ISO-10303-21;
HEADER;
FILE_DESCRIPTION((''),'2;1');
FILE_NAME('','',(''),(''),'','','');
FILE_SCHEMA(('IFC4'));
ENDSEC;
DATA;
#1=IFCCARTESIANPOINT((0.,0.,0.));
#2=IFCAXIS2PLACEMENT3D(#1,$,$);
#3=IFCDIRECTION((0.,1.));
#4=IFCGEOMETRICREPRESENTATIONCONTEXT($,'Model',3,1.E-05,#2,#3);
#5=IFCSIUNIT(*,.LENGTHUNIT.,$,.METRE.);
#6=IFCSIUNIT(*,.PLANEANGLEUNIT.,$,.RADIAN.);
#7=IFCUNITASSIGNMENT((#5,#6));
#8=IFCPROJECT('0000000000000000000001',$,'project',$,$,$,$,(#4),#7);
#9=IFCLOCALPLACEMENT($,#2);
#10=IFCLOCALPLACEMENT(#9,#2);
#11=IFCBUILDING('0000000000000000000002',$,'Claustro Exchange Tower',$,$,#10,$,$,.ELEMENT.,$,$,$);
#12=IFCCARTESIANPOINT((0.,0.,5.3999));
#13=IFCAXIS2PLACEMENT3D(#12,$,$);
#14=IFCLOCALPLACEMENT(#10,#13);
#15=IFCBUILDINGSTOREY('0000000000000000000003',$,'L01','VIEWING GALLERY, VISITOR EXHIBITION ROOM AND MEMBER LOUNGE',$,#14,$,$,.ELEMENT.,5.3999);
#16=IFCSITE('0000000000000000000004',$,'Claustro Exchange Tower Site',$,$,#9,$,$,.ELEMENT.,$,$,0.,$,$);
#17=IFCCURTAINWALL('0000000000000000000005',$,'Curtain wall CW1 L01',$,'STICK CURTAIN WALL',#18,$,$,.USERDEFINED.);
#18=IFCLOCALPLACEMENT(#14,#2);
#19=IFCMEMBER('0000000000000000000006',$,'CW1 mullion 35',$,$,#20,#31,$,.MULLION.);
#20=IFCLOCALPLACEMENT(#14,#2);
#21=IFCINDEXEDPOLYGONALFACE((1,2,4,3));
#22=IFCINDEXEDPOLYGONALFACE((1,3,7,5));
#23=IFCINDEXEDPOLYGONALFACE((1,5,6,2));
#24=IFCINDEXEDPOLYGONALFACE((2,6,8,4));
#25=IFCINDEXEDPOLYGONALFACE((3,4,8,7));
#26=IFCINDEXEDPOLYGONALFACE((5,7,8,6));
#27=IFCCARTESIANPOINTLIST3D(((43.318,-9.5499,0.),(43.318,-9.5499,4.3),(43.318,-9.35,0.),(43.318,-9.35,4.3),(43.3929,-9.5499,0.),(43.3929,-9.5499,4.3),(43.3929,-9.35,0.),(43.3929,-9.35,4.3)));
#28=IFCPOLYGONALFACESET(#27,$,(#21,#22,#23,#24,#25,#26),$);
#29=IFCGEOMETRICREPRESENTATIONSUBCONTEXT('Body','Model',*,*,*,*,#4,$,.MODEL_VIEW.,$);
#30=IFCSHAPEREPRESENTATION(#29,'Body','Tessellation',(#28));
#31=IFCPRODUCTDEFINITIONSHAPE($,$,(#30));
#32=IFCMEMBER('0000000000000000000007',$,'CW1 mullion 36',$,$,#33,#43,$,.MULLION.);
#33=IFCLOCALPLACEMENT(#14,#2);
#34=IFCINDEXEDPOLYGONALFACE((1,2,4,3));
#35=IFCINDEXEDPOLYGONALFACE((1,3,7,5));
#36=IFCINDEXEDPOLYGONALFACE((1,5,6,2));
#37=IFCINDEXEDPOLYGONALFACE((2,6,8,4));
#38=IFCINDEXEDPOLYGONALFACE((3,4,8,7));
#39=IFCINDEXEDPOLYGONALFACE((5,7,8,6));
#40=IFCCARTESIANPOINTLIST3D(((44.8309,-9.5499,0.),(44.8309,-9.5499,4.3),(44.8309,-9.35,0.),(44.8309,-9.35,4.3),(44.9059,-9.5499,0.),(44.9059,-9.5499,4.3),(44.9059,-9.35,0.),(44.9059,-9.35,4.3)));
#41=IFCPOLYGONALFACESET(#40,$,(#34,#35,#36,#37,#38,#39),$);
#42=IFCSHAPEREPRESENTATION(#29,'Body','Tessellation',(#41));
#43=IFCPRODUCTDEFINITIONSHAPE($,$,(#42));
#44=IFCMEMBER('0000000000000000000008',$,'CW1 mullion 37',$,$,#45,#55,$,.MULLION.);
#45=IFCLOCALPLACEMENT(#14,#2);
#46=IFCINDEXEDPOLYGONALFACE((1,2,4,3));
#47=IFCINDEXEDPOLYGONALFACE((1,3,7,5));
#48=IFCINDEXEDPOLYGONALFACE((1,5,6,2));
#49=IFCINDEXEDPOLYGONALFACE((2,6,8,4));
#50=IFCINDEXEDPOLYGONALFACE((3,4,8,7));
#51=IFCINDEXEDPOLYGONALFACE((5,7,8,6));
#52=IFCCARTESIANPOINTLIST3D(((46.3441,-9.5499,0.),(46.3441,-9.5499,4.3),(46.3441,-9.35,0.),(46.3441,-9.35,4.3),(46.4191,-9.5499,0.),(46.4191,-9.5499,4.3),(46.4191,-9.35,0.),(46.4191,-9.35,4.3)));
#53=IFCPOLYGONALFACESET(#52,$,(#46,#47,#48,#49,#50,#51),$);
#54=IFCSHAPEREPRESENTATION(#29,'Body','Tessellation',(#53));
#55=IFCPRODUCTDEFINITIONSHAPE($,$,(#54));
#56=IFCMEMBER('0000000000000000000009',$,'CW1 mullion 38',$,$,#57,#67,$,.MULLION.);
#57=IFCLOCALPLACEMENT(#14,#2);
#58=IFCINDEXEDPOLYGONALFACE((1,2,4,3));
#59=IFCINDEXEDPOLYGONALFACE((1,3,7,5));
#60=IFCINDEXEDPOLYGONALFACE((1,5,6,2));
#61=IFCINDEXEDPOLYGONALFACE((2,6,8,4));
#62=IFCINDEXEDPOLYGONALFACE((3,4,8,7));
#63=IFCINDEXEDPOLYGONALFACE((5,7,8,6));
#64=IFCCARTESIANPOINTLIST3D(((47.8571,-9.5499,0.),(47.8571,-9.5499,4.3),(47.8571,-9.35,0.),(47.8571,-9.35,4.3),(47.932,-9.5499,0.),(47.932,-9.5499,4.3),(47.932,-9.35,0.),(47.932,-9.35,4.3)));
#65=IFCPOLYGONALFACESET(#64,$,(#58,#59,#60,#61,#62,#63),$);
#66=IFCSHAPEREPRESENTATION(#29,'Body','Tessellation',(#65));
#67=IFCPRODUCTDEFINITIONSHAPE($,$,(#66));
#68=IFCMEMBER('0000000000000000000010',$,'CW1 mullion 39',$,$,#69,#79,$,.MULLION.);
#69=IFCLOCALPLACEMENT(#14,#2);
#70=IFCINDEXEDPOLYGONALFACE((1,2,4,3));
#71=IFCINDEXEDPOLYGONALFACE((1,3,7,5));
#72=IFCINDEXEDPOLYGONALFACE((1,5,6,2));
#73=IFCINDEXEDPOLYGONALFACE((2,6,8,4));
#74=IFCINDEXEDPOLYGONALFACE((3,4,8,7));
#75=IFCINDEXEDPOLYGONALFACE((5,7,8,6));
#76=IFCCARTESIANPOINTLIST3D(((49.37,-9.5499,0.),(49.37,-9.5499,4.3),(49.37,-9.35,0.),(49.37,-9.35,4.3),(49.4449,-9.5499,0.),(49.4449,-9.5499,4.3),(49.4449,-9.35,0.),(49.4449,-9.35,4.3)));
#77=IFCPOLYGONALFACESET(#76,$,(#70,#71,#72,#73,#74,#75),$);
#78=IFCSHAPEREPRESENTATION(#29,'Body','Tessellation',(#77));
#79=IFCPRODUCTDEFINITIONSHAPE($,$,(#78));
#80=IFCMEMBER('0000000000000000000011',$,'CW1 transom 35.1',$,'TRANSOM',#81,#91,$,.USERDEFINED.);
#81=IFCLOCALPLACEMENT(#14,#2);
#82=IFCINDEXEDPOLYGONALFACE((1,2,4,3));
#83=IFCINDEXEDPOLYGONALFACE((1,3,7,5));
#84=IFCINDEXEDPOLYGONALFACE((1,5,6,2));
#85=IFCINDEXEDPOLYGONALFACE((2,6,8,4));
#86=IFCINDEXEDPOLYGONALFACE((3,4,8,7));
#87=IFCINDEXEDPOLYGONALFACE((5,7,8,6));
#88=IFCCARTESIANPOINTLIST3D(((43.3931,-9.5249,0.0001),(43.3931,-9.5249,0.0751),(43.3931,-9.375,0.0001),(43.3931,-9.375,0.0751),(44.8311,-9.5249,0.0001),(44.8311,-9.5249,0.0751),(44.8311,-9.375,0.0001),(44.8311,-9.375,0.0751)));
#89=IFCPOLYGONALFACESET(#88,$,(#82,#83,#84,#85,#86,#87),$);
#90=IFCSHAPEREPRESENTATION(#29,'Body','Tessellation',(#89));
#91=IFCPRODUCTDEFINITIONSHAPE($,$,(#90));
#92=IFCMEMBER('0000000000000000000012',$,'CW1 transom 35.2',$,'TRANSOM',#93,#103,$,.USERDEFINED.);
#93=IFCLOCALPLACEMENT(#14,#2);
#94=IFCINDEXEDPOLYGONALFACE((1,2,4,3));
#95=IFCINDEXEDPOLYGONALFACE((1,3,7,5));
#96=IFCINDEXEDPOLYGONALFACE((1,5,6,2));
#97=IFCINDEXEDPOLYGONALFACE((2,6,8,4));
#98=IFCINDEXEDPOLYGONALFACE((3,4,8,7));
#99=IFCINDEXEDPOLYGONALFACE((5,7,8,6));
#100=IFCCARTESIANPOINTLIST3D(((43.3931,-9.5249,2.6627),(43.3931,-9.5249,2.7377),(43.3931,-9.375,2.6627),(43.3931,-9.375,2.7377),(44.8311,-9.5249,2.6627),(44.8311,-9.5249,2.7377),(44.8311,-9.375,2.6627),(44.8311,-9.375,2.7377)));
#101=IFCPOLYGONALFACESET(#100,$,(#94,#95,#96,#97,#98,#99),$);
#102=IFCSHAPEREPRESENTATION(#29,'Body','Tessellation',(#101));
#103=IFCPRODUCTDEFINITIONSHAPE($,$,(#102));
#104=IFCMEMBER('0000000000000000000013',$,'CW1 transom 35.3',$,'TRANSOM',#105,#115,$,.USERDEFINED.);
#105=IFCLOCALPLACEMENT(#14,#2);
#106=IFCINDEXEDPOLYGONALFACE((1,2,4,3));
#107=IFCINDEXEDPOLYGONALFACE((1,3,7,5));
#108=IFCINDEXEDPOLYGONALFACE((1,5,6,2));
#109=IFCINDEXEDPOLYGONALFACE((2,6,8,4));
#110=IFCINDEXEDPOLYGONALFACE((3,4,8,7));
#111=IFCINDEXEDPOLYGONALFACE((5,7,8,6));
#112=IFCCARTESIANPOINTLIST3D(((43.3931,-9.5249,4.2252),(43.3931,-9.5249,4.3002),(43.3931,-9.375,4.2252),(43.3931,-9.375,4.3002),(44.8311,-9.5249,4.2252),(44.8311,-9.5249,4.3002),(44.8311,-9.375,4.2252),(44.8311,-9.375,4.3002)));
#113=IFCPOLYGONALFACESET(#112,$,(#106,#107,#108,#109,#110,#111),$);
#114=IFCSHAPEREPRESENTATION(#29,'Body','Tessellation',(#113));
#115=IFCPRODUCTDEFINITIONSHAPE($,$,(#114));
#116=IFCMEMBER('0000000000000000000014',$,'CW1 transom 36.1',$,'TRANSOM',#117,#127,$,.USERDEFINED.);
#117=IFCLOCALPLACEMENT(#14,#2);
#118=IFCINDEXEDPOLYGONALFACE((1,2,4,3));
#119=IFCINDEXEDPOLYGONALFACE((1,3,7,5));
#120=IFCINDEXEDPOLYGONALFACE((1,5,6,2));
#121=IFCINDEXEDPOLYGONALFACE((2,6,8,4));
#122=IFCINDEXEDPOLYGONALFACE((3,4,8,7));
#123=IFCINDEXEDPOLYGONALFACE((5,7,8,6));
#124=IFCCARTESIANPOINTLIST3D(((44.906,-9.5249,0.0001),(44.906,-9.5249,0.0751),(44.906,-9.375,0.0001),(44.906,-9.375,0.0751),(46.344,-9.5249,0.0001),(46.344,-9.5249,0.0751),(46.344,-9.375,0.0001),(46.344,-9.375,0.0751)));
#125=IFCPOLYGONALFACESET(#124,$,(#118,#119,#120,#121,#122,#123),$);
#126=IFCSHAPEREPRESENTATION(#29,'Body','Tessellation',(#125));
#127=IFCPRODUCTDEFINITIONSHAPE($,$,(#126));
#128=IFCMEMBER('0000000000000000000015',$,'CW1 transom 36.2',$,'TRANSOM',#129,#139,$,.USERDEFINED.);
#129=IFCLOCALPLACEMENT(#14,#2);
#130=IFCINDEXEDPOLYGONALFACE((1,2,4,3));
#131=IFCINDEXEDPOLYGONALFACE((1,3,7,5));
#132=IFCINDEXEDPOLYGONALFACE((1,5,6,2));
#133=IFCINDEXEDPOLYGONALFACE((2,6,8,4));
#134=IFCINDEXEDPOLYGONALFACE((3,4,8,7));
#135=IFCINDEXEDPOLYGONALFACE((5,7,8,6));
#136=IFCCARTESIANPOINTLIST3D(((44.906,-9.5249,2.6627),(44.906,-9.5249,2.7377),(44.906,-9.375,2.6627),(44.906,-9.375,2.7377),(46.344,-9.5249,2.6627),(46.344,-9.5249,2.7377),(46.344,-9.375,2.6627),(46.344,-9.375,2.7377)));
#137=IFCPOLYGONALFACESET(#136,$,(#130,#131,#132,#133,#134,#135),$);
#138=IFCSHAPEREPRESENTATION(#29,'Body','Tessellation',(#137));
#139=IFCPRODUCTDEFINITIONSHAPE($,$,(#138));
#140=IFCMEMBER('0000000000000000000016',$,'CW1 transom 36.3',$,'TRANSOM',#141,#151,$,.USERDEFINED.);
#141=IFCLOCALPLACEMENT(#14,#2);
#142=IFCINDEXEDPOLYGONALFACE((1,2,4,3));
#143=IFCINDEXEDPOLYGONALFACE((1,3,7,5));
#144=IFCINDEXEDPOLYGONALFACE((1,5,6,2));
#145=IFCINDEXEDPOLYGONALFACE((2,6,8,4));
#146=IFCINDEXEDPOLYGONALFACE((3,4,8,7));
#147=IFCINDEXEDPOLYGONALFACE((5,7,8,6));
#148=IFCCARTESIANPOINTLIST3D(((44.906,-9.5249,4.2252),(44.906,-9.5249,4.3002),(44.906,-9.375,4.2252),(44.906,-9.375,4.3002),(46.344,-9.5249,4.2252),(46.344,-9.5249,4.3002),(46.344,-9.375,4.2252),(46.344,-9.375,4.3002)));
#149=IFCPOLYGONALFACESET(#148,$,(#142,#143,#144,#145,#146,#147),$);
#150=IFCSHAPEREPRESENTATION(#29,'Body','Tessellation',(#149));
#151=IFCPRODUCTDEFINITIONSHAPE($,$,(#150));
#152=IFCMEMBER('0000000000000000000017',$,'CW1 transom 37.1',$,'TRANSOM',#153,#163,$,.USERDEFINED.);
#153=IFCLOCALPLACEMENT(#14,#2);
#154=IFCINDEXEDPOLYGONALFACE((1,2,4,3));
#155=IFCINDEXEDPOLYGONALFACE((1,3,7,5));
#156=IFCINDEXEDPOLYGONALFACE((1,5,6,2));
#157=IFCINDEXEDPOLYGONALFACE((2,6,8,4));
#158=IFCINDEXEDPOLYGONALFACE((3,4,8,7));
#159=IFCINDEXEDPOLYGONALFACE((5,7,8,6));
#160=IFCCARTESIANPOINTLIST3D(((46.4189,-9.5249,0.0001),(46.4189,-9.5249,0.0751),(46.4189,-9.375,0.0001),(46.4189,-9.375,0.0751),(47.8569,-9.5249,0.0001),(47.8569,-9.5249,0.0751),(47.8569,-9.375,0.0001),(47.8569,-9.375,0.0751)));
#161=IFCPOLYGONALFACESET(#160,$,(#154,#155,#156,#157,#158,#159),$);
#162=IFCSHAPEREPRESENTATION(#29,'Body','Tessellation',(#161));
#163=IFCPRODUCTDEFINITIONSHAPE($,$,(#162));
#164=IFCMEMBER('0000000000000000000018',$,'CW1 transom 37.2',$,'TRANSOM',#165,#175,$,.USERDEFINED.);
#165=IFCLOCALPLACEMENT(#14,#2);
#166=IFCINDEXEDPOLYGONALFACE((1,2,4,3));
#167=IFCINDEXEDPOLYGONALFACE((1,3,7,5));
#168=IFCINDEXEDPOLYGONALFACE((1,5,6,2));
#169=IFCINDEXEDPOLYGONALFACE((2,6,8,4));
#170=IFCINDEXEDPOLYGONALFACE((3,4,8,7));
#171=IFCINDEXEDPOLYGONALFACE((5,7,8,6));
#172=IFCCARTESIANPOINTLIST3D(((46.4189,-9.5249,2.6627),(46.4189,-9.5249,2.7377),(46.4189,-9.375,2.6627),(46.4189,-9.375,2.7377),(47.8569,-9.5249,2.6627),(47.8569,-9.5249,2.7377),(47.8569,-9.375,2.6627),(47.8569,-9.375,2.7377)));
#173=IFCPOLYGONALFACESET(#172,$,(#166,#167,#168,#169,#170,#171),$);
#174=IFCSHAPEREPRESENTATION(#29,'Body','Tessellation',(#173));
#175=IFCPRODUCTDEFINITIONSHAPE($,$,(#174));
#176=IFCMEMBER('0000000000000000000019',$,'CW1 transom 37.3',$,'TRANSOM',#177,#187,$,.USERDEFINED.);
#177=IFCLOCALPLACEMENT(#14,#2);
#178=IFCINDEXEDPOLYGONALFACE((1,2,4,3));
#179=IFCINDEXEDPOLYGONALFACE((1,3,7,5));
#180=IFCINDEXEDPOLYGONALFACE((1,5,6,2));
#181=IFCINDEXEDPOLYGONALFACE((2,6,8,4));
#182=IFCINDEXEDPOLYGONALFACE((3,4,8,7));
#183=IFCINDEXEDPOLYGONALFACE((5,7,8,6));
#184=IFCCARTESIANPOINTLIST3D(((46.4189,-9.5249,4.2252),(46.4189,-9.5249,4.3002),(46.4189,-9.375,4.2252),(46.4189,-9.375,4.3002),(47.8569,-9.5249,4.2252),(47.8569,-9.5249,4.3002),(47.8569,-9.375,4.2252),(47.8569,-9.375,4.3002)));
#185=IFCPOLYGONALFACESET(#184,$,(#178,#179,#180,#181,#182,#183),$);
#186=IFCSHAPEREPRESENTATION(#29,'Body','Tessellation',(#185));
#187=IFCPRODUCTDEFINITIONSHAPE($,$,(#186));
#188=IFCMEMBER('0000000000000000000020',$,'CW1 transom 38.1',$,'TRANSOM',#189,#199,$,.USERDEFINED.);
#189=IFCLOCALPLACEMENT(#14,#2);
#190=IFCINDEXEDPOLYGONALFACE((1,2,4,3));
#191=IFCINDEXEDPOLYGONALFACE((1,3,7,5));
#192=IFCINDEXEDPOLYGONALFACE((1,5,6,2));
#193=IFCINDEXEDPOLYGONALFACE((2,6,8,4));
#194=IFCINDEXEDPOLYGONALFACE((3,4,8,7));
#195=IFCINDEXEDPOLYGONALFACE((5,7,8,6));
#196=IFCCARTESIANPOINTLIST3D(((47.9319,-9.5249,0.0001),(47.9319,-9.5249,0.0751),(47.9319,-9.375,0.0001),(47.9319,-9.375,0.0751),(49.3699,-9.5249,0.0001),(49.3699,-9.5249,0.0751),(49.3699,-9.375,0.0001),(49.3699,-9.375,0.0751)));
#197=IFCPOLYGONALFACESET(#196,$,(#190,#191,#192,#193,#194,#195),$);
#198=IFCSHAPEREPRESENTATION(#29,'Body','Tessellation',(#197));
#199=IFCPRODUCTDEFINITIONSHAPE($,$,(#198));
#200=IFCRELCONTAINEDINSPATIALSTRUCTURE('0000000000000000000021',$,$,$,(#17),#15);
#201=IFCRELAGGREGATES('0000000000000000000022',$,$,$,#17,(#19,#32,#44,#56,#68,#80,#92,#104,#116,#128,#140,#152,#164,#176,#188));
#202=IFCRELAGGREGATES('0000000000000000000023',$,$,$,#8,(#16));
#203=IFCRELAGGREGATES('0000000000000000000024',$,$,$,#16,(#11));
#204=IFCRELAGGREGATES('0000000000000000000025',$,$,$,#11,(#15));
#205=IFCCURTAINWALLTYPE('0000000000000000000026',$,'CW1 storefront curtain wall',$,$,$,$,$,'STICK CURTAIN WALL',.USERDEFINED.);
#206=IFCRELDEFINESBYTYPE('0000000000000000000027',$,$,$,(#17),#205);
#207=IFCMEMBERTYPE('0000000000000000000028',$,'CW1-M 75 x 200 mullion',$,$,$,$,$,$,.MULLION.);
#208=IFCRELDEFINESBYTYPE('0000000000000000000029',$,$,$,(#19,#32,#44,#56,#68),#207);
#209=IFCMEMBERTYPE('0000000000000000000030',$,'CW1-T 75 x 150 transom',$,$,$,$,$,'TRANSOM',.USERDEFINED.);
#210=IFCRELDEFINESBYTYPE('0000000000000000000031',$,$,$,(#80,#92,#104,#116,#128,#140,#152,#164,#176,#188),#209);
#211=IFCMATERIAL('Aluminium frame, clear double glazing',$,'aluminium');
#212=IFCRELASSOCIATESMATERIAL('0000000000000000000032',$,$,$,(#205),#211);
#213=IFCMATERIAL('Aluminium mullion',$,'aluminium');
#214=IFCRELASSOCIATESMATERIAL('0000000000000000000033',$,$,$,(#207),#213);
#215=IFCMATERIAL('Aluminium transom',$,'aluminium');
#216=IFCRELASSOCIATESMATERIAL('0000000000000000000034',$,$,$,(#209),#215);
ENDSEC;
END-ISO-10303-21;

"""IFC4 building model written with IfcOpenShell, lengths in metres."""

from ifc_helpers import new_model, si_unit, direction, frame, origin, origin_2d, place, context, subcontext, project, spatial, rectangle, extrude, material, material_profile, profile_set, type_object, element, aggregate, save


model = new_model("IFC4")

# Units and contexts
model_context = context("Model", 3, precision=1e-05, world=origin(), true_north=direction((0.0, 1.0)))
body_context = subcontext(model_context, "Body", "Model", "MODEL_VIEW")
ifc_project = project(units=[si_unit("LENGTHUNIT", "METRE"), si_unit("PLANEANGLEUNIT", "RADIAN")], contexts=[model_context])

# Site, building, storey
site_placement = place(None, origin())
site = spatial("IfcSite", under=ifc_project, at=site_placement, Name="Claustro Exchange Tower Site", CompositionType="ELEMENT", RefElevation=0.0)
building_placement = place(site_placement, origin())
building = spatial("IfcBuilding", under=site, at=building_placement, Name="Claustro Exchange Tower", CompositionType="ELEMENT")
storey_placement = place(building_placement, frame((0.0, 0.0, 5.3999)))
storey = spatial("IfcBuildingStorey", under=building, at=storey_placement, Name="L01", Description="VIEWING GALLERY, VISITOR EXHIBITION ROOM AND MEMBER LOUNGE", CompositionType="ELEMENT", Elevation=5.3999)

# Curtain wall, members
ifc_material_1 = material(Name="Aluminium frame, clear double glazing", Category="aluminium")
curtain_wall_type = type_object("IfcCurtainWallType", Name="CW1 storefront curtain wall", ElementType="STICK CURTAIN WALL", PredefinedType="USERDEFINED", material=ifc_material_1)
curtain_wall_placement = place(storey_placement, origin())
curtain_wall = element("IfcCurtainWall", 1, at=curtain_wall_placement, inside=storey, type_object=curtain_wall_type, Name="Curtain wall CW1 L01", ObjectType="STICK CURTAIN WALL", PredefinedType="USERDEFINED")
ifc_material_2 = material(Name="Aluminium mullion", Category="aluminium")
ifc_material_profile_1 = material_profile(ifc_material_2, rectangle(XDim=0.2, YDim=0.075, at=origin_2d()), Name="CW1-M 75x200")
ifc_profile_set_1 = profile_set([ifc_material_profile_1], Name="Aluminium mullion")
member_type_1 = type_object("IfcMemberType", Name="CW1-M 75 x 200 mullion", PredefinedType="MULLION", material=ifc_profile_set_1)
member_1_placement = place(storey_placement, frame((43.3555, -9.45, 0.0), z_axis=(0.0, 0.0, 1.0), x_axis=(0.0, 1.0, 0.0)))
member_1 = element("IfcMember", 2, at=member_1_placement, type_object=member_type_1, Name="CW1 mullion 35", PredefinedType="MULLION", context=body_context, shape_type="SweptSolid", body=[
    extrude(rectangle(XDim=0.2, YDim=0.075, at=origin_2d()), origin(), (0.0, 0.0, 1.0), 4.3),
])
member_2_placement = place(storey_placement, frame((44.8684, -9.45, 0.0), z_axis=(0.0, 0.0, 1.0), x_axis=(0.0, 1.0, 0.0)))
member_2 = element("IfcMember", 3, at=member_2_placement, type_object=member_type_1, Name="CW1 mullion 36", PredefinedType="MULLION", context=body_context, shape_type="SweptSolid", body=[
    extrude(rectangle(XDim=0.2, YDim=0.075, at=origin_2d()), origin(), (0.0, 0.0, 1.0), 4.3),
])
member_3_placement = place(storey_placement, frame((46.3816, -9.45, 0.0), z_axis=(0.0, 0.0, 1.0), x_axis=(0.0, 1.0, 0.0)))
member_3 = element("IfcMember", 4, at=member_3_placement, type_object=member_type_1, Name="CW1 mullion 37", PredefinedType="MULLION", context=body_context, shape_type="SweptSolid", body=[
    extrude(rectangle(XDim=0.2, YDim=0.075, at=origin_2d()), origin(), (0.0, 0.0, 1.0), 4.3),
])
member_4_placement = place(storey_placement, frame((47.8945, -9.45, 0.0), z_axis=(0.0, 0.0, 1.0), x_axis=(0.0, 1.0, 0.0)))
member_4 = element("IfcMember", 5, at=member_4_placement, type_object=member_type_1, Name="CW1 mullion 38", PredefinedType="MULLION", context=body_context, shape_type="SweptSolid", body=[
    extrude(rectangle(XDim=0.2, YDim=0.075, at=origin_2d()), origin(), (0.0, 0.0, 1.0), 4.3),
])
member_5_placement = place(storey_placement, frame((49.4075, -9.45, 0.0), z_axis=(0.0, 0.0, 1.0), x_axis=(0.0, 1.0, 0.0)))
member_5 = element("IfcMember", 6, at=member_5_placement, type_object=member_type_1, Name="CW1 mullion 39", PredefinedType="MULLION", context=body_context, shape_type="SweptSolid", body=[
    extrude(rectangle(XDim=0.2, YDim=0.075, at=origin_2d()), origin(), (0.0, 0.0, 1.0), 4.3),
])
ifc_material_3 = material(Name="Aluminium transom", Category="aluminium")
ifc_material_profile_2 = material_profile(ifc_material_3, rectangle(XDim=0.1499, YDim=0.075, at=origin_2d()), Name="CW1-T 75x150")
ifc_profile_set_2 = profile_set([ifc_material_profile_2], Name="Aluminium transom")
member_type_2 = type_object("IfcMemberType", Name="CW1-T 75 x 150 transom", ElementType="TRANSOM", PredefinedType="USERDEFINED", material=ifc_profile_set_2)
member_6_placement = place(storey_placement, frame((43.3931, -9.45, 0.0376), z_axis=(1.0, 0.0, 0.0), x_axis=(0.0, 1.0, 0.0)))
member_6 = element("IfcMember", 7, at=member_6_placement, type_object=member_type_2, Name="CW1 transom 35.1", ObjectType="TRANSOM", PredefinedType="USERDEFINED", context=body_context, shape_type="SweptSolid", body=[
    extrude(rectangle(XDim=0.1499, YDim=0.075, at=origin_2d()), origin(), (0.0, 0.0, 1.0), 1.438),
])
member_7_placement = place(storey_placement, frame((43.3931, -9.45, 2.7002), z_axis=(1.0, 0.0, 0.0), x_axis=(0.0, 1.0, 0.0)))
member_7 = element("IfcMember", 8, at=member_7_placement, type_object=member_type_2, Name="CW1 transom 35.2", ObjectType="TRANSOM", PredefinedType="USERDEFINED", context=body_context, shape_type="SweptSolid", body=[
    extrude(rectangle(XDim=0.1499, YDim=0.075, at=origin_2d()), origin(), (0.0, 0.0, 1.0), 1.438),
])
member_8_placement = place(storey_placement, frame((43.3931, -9.45, 4.2627), z_axis=(1.0, 0.0, 0.0), x_axis=(0.0, 1.0, 0.0)))
member_8 = element("IfcMember", 9, at=member_8_placement, type_object=member_type_2, Name="CW1 transom 35.3", ObjectType="TRANSOM", PredefinedType="USERDEFINED", context=body_context, shape_type="SweptSolid", body=[
    extrude(rectangle(XDim=0.1499, YDim=0.075, at=origin_2d()), origin(), (0.0, 0.0, 1.0), 1.438),
])
member_9_placement = place(storey_placement, frame((44.906, -9.45, 0.0376), z_axis=(1.0, 0.0, 0.0), x_axis=(0.0, 1.0, 0.0)))
member_9 = element("IfcMember", 10, at=member_9_placement, type_object=member_type_2, Name="CW1 transom 36.1", ObjectType="TRANSOM", PredefinedType="USERDEFINED", context=body_context, shape_type="SweptSolid", body=[
    extrude(rectangle(XDim=0.1499, YDim=0.075, at=origin_2d()), origin(), (0.0, 0.0, 1.0), 1.438),
])
member_10_placement = place(storey_placement, frame((44.906, -9.45, 2.7002), z_axis=(1.0, 0.0, 0.0), x_axis=(0.0, 1.0, 0.0)))
member_10 = element("IfcMember", 11, at=member_10_placement, type_object=member_type_2, Name="CW1 transom 36.2", ObjectType="TRANSOM", PredefinedType="USERDEFINED", context=body_context, shape_type="SweptSolid", body=[
    extrude(rectangle(XDim=0.1499, YDim=0.075, at=origin_2d()), origin(), (0.0, 0.0, 1.0), 1.438),
])
member_11_placement = place(storey_placement, frame((44.906, -9.45, 4.2627), z_axis=(1.0, 0.0, 0.0), x_axis=(0.0, 1.0, 0.0)))
member_11 = element("IfcMember", 12, at=member_11_placement, type_object=member_type_2, Name="CW1 transom 36.3", ObjectType="TRANSOM", PredefinedType="USERDEFINED", context=body_context, shape_type="SweptSolid", body=[
    extrude(rectangle(XDim=0.1499, YDim=0.075, at=origin_2d()), origin(), (0.0, 0.0, 1.0), 1.438),
])
member_12_placement = place(storey_placement, frame((46.4189, -9.45, 0.0376), z_axis=(1.0, 0.0, 0.0), x_axis=(0.0, 1.0, 0.0)))
member_12 = element("IfcMember", 13, at=member_12_placement, type_object=member_type_2, Name="CW1 transom 37.1", ObjectType="TRANSOM", PredefinedType="USERDEFINED", context=body_context, shape_type="SweptSolid", body=[
    extrude(rectangle(XDim=0.1499, YDim=0.075, at=origin_2d()), origin(), (0.0, 0.0, 1.0), 1.438),
])
member_13_placement = place(storey_placement, frame((46.4189, -9.45, 2.7002), z_axis=(1.0, 0.0, 0.0), x_axis=(0.0, 1.0, 0.0)))
member_13 = element("IfcMember", 14, at=member_13_placement, type_object=member_type_2, Name="CW1 transom 37.2", ObjectType="TRANSOM", PredefinedType="USERDEFINED", context=body_context, shape_type="SweptSolid", body=[
    extrude(rectangle(XDim=0.1499, YDim=0.075, at=origin_2d()), origin(), (0.0, 0.0, 1.0), 1.438),
])
member_14_placement = place(storey_placement, frame((46.4189, -9.45, 4.2627), z_axis=(1.0, 0.0, 0.0), x_axis=(0.0, 1.0, 0.0)))
member_14 = element("IfcMember", 15, at=member_14_placement, type_object=member_type_2, Name="CW1 transom 37.3", ObjectType="TRANSOM", PredefinedType="USERDEFINED", context=body_context, shape_type="SweptSolid", body=[
    extrude(rectangle(XDim=0.1499, YDim=0.075, at=origin_2d()), origin(), (0.0, 0.0, 1.0), 1.438),
])
member_15_placement = place(storey_placement, frame((47.9319, -9.45, 0.0376), z_axis=(1.0, 0.0, 0.0), x_axis=(0.0, 1.0, 0.0)))
member_15 = element("IfcMember", 16, at=member_15_placement, type_object=member_type_2, Name="CW1 transom 38.1", ObjectType="TRANSOM", PredefinedType="USERDEFINED", context=body_context, shape_type="SweptSolid", body=[
    extrude(rectangle(XDim=0.1499, YDim=0.075, at=origin_2d()), origin(), (0.0, 0.0, 1.0), 1.438),
])
aggregate(curtain_wall, [member_1, member_2, member_3, member_4, member_5, member_6, member_7, member_8, member_9, member_10, member_11, member_12, member_13, member_14, member_15])

save(model, "model.ifc")
